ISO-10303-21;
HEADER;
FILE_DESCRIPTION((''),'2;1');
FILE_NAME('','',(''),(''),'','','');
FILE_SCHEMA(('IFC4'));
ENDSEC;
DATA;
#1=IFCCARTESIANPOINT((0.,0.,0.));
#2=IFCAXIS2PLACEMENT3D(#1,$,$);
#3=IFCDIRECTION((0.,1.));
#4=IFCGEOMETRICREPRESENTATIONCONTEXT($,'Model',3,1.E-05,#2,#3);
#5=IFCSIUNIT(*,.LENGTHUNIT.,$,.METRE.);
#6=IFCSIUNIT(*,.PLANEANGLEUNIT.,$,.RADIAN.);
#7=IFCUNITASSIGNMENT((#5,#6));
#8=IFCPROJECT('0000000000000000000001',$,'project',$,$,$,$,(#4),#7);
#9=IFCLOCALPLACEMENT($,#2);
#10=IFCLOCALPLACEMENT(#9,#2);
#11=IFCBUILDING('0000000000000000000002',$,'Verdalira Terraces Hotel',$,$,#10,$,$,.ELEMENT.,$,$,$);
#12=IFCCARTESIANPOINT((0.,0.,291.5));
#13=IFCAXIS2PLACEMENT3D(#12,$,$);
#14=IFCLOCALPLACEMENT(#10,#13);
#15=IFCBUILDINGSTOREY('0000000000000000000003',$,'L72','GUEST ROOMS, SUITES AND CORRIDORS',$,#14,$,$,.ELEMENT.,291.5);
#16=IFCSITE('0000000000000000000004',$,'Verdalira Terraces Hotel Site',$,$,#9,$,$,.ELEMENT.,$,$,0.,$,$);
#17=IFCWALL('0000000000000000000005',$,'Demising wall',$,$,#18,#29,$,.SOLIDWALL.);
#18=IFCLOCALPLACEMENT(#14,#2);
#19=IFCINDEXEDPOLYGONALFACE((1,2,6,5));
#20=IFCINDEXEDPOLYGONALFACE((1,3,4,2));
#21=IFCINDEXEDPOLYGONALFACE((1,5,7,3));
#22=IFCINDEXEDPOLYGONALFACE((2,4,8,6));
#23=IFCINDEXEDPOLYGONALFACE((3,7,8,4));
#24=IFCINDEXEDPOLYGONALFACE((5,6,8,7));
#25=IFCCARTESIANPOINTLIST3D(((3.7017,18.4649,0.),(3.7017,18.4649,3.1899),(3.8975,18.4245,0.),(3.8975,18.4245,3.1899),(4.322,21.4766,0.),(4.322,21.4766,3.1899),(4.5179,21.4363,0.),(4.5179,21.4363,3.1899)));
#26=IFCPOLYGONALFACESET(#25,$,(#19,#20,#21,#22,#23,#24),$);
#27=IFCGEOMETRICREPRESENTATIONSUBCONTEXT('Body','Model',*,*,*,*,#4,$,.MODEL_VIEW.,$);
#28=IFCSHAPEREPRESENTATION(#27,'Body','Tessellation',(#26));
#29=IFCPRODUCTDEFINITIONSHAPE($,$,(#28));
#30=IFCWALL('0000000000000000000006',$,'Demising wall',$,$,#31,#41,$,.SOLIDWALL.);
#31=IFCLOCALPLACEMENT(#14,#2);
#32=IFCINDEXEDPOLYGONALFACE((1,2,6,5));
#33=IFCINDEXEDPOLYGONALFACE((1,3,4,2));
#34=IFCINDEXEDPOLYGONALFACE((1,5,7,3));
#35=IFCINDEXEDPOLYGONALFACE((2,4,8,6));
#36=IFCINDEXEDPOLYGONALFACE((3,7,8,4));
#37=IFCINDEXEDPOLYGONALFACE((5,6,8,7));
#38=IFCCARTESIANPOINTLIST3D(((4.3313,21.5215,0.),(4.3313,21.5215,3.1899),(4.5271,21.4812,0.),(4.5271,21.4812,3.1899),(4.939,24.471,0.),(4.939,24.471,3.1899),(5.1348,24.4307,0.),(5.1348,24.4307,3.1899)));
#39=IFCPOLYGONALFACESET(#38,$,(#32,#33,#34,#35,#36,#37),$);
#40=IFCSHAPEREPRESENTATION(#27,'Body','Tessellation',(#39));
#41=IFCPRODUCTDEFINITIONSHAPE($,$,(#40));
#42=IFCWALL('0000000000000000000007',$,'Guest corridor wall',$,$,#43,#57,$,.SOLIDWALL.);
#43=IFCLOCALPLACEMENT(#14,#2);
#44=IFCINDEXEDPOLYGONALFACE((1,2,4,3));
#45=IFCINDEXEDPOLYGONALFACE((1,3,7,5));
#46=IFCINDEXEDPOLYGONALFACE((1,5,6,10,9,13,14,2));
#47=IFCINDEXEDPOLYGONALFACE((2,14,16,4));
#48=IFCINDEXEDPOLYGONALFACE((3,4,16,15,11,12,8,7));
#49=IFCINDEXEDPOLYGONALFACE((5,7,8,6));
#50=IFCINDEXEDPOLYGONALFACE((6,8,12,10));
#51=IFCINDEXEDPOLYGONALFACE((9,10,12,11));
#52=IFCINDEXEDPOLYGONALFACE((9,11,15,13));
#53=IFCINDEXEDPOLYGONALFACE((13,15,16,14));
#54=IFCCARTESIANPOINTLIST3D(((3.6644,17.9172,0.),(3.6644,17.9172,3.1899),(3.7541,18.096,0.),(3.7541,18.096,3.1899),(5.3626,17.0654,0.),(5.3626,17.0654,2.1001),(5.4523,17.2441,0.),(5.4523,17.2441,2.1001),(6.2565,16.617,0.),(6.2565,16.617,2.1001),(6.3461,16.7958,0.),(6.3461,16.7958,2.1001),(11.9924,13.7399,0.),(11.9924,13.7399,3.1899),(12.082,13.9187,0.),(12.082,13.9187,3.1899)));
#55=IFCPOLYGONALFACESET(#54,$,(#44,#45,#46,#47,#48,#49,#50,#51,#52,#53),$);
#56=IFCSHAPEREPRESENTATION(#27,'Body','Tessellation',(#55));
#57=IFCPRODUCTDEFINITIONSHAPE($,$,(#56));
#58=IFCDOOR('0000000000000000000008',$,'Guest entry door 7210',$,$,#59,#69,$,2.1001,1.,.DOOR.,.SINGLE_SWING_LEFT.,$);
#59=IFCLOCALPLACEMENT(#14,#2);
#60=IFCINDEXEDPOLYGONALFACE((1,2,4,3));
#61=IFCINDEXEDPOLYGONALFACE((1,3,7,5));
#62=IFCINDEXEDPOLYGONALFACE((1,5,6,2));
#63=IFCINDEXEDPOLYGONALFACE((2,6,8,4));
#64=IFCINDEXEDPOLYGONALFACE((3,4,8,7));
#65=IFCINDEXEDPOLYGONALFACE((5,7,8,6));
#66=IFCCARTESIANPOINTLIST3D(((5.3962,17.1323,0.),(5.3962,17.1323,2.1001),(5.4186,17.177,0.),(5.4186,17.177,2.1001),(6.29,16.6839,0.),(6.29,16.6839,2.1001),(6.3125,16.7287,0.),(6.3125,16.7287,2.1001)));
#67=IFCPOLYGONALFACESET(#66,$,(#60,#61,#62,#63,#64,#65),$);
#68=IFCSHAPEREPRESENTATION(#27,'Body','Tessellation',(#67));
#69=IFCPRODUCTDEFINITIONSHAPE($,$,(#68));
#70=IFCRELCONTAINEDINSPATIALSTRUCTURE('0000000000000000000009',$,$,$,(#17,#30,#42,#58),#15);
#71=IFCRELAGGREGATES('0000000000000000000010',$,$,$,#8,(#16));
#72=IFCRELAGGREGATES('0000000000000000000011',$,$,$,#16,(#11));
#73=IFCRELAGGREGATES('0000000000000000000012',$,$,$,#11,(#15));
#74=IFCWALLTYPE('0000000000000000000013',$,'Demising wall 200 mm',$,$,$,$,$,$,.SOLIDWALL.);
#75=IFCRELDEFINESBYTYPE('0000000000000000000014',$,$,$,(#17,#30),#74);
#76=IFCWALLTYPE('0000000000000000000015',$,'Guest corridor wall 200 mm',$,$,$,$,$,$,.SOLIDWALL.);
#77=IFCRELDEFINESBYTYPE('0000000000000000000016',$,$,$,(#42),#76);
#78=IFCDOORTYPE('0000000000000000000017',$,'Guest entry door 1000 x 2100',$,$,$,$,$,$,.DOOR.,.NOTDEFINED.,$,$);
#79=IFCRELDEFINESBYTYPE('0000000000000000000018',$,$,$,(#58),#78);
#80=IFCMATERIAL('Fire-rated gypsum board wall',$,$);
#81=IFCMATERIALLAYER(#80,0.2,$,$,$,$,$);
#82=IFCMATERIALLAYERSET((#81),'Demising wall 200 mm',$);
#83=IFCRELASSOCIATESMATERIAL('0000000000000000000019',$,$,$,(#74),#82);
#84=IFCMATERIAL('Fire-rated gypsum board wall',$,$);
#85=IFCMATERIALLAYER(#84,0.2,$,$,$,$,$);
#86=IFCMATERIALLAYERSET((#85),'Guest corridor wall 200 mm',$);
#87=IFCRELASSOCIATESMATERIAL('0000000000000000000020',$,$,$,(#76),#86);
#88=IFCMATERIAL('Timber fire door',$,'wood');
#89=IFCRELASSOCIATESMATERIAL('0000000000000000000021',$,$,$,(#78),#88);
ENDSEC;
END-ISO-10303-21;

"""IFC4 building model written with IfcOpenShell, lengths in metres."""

from ifc_helpers import new_model, si_unit, direction, frame, frame_2d, origin, place, context, subcontext, project, spatial, rectangle, extrude, material, layer, layer_set, type_object, element, fill, save


model = new_model("IFC4")

# Units and contexts
model_context = context("Model", 3, precision=1e-05, world=origin(), true_north=direction((0.0, 1.0)))
body_context = subcontext(model_context, "Body", "Model", "MODEL_VIEW")
ifc_project = project(units=[si_unit("LENGTHUNIT", "METRE"), si_unit("PLANEANGLEUNIT", "RADIAN")], contexts=[model_context])

# Site, building, storey
site_placement = place(None, origin())
site = spatial("IfcSite", under=ifc_project, at=site_placement, Name="Verdalira Terraces Hotel Site", CompositionType="ELEMENT", RefElevation=0.0)
building_placement = place(site_placement, origin())
building = spatial("IfcBuilding", under=site, at=building_placement, Name="Verdalira Terraces Hotel", CompositionType="ELEMENT")
storey_placement = place(building_placement, frame((0.0, 0.0, 291.5)))
storey = spatial("IfcBuildingStorey", under=building, at=storey_placement, Name="L72", Description="GUEST ROOMS, SUITES AND CORRIDORS", CompositionType="ELEMENT", Elevation=291.5)

# Walls
ifc_material_1 = material(Name="Fire-rated gypsum board wall")
ifc_layer_1 = layer(ifc_material_1, 0.2)
ifc_layer_set_1 = layer_set([ifc_layer_1], Name="Demising wall 200 mm")
wall_type_1 = type_object("IfcWallType", Name="Demising wall 200 mm", PredefinedType="SOLIDWALL", material=ifc_layer_set_1)
wall_1_placement = place(storey_placement, frame((3.7996, 18.4446, 0.0), z_axis=(0.0, 0.0, 1.0), x_axis=(0.201747, 0.979438, 0.0)))
element("IfcWall", 1, at=wall_1_placement, inside=storey, type_object=wall_type_1, Name="Demising wall", PredefinedType="SOLIDWALL", context=body_context, shape_type="SweptSolid", body=[
    extrude(rectangle(XDim=3.075, YDim=0.2, at=frame_2d((1.5376, 0.0))), origin(), (0.0, 0.0, 1.0), 3.1899),
])
wall_2_placement = place(storey_placement, frame((4.4292, 21.5012, 0.0), z_axis=(0.0, 0.0, 1.0), x_axis=(0.201788, 0.979429, 0.0)))
element("IfcWall", 2, at=wall_2_placement, inside=storey, type_object=wall_type_1, Name="Demising wall", PredefinedType="SOLIDWALL", context=body_context, shape_type="SweptSolid", body=[
    extrude(rectangle(XDim=3.0115, YDim=0.2, at=frame_2d((1.5059, 0.0))), origin(), (0.0, 0.0, 1.0), 3.1899),
])

# Wall, opening, door
ifc_material_2 = material(Name="Fire-rated gypsum board wall")
ifc_layer_2 = layer(ifc_material_2, 0.2)
ifc_layer_set_2 = layer_set([ifc_layer_2], Name="Guest corridor wall 200 mm")
wall_type_2 = type_object("IfcWallType", Name="Guest corridor wall 200 mm", PredefinedType="SOLIDWALL", material=ifc_layer_set_2)
wall_3_placement = place(storey_placement, frame((3.7092, 18.0066, 0.0), z_axis=(0.0, 0.0, 1.0), x_axis=(0.893855, -0.448356, 0.0)))
wall_3 = element("IfcWall", 3, at=wall_3_placement, inside=storey, type_object=wall_type_2, Name="Guest corridor wall", PredefinedType="SOLIDWALL", context=body_context, shape_type="SweptSolid", body=[
    extrude(rectangle(XDim=9.3169, YDim=0.2, at=frame_2d((4.6584, 0.0))), origin(), (0.0, 0.0, 1.0), 3.1899),
])
opening_1_placement = place(wall_3_placement, frame((1.8999, 0.0, 0.0)))
opening_1 = element("IfcOpeningElement", 4, at=opening_1_placement, cuts=wall_3, PredefinedType="OPENING", context=body_context, shape_type="SweptSolid", body=[
    extrude(rectangle(XDim=1.0, YDim=2.1001, at=frame_2d((0.5, 1.05))), frame((0.0, 0.1099, 0.0), z_axis=(0.0, -1.0, 0.0), x_axis=(1.0, 0.0, 0.0)), (0.0, 0.0, 1.0), 0.22),
])
ifc_material_3 = material(Name="Timber fire door", Category="wood")
door_type_1 = type_object("IfcDoorType", Name="Guest entry door 1000 x 2100", OperationType="NOTDEFINED", PredefinedType="DOOR", material=ifc_material_3)
door_1_placement = place(opening_1_placement, origin())
door_1 = element("IfcDoor", 5, at=door_1_placement, inside=storey, type_object=door_type_1, Name="Guest entry door 7210", OperationType="SINGLE_SWING_LEFT", OverallHeight=2.1001, OverallWidth=1.0, PredefinedType="DOOR", context=body_context, shape_type="SweptSolid", body=[
    extrude(rectangle(XDim=1.0, YDim=2.1001, at=frame_2d((0.5, 1.05))), frame((0.0, 0.0249, 0.0), z_axis=(0.0, -1.0, 0.0), x_axis=(1.0, 0.0, 0.0)), (0.0, 0.0, 1.0), 0.05),
])
fill(opening_1, door_1)

save(model, "model.ifc")
